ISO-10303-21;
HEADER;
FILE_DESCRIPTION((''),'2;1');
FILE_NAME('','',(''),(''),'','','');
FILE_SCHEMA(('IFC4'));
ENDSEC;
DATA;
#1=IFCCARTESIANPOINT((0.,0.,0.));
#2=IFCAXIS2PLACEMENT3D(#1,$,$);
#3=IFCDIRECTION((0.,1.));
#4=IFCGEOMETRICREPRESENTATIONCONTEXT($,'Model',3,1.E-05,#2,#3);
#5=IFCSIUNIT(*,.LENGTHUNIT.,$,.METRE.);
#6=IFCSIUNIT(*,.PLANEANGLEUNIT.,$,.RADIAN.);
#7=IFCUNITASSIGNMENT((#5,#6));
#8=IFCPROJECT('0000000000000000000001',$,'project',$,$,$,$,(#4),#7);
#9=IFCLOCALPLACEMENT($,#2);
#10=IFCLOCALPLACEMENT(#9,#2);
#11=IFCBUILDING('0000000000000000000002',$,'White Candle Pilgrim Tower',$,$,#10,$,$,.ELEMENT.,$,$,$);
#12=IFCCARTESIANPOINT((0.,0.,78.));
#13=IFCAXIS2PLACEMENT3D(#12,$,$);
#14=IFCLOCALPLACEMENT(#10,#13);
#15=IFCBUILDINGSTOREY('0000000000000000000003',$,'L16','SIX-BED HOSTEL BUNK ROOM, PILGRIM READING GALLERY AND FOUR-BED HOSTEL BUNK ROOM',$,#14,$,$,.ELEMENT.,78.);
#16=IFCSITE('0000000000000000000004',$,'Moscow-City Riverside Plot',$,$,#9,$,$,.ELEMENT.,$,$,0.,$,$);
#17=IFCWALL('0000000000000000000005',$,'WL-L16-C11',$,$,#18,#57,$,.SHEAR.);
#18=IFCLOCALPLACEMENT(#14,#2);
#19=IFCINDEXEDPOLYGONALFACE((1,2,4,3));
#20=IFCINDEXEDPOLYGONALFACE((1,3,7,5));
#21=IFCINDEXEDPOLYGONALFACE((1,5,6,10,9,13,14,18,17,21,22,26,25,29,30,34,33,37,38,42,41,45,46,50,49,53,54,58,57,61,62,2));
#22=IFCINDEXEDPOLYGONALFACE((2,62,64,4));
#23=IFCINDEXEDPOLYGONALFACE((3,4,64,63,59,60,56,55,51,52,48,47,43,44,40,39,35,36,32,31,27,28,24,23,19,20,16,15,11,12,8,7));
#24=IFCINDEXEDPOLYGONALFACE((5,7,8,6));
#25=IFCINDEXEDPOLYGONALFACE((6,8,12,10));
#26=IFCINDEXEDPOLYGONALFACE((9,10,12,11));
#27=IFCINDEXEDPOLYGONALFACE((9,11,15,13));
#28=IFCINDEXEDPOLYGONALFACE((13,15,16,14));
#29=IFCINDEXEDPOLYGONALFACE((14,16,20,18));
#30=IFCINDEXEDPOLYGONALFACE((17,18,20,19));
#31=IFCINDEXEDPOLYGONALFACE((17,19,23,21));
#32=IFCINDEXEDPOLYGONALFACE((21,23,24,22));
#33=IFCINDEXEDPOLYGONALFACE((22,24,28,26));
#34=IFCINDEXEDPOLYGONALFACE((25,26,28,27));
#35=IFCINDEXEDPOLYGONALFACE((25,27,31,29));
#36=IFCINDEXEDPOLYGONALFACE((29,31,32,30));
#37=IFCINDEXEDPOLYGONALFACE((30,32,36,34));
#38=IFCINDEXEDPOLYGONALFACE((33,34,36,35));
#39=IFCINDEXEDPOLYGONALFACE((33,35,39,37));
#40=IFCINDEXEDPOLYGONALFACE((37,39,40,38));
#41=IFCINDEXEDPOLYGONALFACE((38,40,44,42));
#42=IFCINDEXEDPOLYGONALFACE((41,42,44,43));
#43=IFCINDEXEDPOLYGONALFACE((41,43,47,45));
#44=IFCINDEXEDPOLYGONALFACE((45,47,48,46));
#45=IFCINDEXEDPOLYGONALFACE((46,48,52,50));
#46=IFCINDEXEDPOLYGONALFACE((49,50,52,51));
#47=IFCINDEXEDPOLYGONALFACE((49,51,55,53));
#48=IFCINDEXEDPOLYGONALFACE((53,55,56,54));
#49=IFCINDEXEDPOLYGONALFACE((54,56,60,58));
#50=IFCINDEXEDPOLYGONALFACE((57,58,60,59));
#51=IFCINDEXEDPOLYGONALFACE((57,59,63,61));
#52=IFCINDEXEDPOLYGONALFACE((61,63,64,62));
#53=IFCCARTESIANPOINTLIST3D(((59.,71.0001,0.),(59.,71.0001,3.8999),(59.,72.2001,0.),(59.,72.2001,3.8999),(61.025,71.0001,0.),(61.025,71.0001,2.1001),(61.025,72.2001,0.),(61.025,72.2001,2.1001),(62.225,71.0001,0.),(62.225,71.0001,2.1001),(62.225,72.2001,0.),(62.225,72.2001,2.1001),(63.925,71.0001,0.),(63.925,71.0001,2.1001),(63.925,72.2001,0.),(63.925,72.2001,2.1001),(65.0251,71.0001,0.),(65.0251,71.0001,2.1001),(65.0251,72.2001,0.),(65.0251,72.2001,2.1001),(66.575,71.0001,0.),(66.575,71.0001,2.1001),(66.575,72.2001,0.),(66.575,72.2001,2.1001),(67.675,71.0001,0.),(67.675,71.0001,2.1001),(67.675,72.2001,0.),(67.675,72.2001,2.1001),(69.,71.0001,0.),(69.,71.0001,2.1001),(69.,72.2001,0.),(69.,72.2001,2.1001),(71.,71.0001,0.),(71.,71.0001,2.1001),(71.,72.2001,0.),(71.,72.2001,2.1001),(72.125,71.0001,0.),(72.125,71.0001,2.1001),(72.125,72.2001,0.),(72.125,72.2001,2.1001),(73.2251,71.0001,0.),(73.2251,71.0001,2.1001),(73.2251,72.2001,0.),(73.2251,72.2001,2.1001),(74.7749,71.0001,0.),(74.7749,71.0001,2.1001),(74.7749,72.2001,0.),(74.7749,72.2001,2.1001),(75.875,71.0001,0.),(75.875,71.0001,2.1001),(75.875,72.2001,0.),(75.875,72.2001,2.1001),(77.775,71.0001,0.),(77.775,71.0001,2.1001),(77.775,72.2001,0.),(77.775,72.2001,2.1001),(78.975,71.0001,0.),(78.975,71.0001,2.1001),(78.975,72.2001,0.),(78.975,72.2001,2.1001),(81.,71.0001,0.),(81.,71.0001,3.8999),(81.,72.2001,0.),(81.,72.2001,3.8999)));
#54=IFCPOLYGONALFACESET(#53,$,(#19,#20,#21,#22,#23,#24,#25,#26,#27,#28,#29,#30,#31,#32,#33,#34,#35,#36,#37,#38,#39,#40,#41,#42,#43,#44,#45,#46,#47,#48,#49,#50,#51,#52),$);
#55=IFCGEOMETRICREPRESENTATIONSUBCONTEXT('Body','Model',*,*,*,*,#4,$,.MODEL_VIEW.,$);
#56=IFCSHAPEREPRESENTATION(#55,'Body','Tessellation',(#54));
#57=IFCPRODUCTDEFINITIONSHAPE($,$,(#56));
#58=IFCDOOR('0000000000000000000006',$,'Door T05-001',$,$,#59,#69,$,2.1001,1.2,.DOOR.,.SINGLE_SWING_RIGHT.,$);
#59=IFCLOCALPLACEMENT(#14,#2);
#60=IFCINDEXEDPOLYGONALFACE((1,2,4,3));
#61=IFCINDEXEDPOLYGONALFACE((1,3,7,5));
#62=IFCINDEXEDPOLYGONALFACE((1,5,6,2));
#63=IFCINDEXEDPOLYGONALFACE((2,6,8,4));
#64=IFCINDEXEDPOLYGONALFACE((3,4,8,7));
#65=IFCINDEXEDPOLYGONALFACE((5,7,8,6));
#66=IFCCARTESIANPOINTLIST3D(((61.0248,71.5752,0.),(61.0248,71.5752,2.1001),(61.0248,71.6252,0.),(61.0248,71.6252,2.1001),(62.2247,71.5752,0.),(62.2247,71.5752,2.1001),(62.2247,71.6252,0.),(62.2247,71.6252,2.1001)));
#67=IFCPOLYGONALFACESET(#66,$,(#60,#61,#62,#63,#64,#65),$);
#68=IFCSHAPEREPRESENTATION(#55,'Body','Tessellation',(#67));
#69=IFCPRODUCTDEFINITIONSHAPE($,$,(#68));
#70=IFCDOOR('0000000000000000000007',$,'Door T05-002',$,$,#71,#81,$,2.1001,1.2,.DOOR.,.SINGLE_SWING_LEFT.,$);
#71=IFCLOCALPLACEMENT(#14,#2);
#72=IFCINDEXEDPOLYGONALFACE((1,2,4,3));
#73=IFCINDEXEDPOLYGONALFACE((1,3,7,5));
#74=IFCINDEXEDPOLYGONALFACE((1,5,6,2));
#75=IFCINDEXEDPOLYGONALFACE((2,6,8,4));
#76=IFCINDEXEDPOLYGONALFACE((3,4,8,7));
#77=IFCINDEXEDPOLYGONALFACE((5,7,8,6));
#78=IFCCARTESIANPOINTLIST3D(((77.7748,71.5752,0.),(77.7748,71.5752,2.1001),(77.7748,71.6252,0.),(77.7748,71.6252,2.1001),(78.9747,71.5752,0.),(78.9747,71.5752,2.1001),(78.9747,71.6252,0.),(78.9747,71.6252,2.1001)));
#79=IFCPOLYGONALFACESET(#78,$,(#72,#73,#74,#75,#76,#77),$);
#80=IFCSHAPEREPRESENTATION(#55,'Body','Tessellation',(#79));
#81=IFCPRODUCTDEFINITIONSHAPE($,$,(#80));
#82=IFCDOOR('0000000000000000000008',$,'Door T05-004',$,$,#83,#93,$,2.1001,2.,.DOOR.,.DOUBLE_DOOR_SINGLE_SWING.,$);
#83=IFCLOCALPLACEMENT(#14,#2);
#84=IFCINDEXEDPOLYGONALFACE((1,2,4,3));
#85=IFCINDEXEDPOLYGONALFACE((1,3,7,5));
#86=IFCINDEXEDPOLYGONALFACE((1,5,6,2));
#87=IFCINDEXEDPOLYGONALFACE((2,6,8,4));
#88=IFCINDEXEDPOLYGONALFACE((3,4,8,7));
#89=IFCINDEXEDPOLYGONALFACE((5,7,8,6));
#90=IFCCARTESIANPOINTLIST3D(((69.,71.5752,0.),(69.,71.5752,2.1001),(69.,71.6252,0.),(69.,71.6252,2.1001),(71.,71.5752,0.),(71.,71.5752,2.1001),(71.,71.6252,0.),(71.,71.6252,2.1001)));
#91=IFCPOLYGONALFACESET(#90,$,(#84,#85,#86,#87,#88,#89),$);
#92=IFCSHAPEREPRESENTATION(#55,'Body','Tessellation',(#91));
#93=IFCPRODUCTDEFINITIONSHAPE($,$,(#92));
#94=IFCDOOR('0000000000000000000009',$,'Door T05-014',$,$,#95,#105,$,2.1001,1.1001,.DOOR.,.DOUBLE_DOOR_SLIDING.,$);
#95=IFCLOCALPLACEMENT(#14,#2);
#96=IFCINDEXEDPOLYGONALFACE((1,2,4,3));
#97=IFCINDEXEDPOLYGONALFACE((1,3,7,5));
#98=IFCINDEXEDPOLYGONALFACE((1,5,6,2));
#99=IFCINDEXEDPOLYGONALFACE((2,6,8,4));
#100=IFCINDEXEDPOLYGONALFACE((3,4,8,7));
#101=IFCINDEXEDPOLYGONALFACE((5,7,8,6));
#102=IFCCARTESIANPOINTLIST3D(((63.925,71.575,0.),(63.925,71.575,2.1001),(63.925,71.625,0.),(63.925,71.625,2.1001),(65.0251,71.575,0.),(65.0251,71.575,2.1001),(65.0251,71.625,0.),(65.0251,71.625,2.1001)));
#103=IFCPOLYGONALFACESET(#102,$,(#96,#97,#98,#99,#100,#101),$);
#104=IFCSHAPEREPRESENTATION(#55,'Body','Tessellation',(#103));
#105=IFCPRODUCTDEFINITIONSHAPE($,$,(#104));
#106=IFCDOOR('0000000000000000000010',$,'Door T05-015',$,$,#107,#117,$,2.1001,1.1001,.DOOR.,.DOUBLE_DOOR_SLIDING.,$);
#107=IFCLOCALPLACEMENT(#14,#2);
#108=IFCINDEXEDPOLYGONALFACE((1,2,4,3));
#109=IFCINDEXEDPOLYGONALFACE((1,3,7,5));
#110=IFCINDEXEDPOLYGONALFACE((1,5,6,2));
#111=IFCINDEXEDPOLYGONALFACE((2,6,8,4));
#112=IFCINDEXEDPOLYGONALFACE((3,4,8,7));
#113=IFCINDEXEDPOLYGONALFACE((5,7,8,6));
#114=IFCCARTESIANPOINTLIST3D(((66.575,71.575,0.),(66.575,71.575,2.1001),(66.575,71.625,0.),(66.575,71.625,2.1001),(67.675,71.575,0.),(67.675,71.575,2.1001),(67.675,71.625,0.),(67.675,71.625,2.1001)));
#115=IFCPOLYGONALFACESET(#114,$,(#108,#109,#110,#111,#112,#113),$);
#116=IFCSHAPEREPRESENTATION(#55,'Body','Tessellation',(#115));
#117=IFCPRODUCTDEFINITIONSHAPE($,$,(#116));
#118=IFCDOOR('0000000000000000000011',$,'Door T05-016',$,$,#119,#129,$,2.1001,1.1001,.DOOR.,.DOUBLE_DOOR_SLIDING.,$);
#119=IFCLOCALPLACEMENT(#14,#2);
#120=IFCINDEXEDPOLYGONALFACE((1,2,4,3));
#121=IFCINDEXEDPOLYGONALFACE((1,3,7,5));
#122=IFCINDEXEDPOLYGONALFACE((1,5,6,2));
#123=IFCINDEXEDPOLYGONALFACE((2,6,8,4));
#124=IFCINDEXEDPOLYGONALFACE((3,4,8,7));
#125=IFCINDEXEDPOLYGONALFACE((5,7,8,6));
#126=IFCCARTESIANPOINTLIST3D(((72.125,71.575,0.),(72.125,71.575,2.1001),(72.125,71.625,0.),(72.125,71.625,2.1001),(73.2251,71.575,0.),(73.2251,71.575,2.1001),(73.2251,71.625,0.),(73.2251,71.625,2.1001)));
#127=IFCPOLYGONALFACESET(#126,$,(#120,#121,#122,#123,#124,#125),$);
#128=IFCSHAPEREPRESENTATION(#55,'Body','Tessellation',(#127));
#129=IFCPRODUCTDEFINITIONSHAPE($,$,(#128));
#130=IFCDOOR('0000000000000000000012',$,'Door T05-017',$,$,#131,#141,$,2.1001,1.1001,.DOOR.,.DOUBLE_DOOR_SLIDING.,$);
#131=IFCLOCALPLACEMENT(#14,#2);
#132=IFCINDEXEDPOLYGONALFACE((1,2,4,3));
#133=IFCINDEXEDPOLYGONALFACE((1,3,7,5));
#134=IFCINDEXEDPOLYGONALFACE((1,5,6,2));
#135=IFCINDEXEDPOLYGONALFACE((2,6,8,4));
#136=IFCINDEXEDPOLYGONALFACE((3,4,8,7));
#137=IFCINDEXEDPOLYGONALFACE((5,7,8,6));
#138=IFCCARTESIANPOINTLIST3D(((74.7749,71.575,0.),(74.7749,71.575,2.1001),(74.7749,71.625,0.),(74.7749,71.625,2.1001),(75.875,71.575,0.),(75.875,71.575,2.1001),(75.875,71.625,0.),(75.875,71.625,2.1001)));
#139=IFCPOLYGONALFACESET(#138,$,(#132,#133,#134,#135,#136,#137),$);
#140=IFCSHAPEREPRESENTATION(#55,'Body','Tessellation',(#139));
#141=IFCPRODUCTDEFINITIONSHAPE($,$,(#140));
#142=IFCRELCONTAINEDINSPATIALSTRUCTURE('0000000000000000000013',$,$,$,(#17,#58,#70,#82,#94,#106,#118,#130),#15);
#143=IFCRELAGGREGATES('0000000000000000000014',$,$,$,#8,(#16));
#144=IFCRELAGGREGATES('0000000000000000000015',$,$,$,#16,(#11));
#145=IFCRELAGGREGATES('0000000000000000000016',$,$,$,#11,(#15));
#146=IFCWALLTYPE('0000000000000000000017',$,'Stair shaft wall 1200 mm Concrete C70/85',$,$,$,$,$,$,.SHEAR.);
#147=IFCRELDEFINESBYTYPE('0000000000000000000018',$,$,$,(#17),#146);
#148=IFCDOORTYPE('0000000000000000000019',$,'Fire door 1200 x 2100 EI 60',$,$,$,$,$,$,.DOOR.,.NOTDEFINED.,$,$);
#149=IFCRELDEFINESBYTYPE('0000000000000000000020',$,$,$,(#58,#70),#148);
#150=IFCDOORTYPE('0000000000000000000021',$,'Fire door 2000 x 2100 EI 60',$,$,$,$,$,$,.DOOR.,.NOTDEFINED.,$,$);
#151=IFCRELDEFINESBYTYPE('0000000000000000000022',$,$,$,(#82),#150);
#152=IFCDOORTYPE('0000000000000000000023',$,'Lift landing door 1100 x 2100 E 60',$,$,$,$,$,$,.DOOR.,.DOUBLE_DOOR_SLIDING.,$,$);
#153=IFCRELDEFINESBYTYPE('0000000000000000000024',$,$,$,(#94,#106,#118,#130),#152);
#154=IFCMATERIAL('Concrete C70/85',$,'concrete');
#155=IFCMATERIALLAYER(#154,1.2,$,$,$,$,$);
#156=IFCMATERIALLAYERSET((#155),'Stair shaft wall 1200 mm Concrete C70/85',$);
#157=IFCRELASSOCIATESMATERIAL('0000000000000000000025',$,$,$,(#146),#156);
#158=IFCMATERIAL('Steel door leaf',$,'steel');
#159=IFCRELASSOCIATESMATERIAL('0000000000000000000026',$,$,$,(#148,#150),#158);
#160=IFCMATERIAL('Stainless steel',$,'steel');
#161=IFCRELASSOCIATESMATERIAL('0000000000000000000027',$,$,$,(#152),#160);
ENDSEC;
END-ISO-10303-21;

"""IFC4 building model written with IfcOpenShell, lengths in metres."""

from ifc_helpers import new_model, si_unit, direction, frame, frame_2d, origin, place, context, subcontext, project, spatial, rectangle, extrude, material, layer, layer_set, type_object, element, fill, save


model = new_model("IFC4")

# Units and contexts
model_context = context("Model", 3, precision=1e-05, world=origin(), true_north=direction((0.0, 1.0)))
body_context = subcontext(model_context, "Body", "Model", "MODEL_VIEW")
ifc_project = project(units=[si_unit("LENGTHUNIT", "METRE"), si_unit("PLANEANGLEUNIT", "RADIAN")], contexts=[model_context])

# Site, building, storey
site_placement = place(None, origin())
site = spatial("IfcSite", under=ifc_project, at=site_placement, Name="Moscow-City Riverside Plot", CompositionType="ELEMENT", RefElevation=0.0)
building_placement = place(site_placement, origin())
building = spatial("IfcBuilding", under=site, at=building_placement, Name="White Candle Pilgrim Tower", CompositionType="ELEMENT")
storey_placement = place(building_placement, frame((0.0, 0.0, 78.0)))
storey = spatial("IfcBuildingStorey", under=building, at=storey_placement, Name="L16", Description="SIX-BED HOSTEL BUNK ROOM, PILGRIM READING GALLERY AND FOUR-BED HOSTEL BUNK ROOM", CompositionType="ELEMENT", Elevation=78.0)

# Shared definitions
ifc_material_1 = material(Name="Steel door leaf", Category="steel")

# Wall, openings, doors
ifc_material_2 = material(Name="Concrete C70/85", Category="concrete")
ifc_layer_1 = layer(ifc_material_2, 1.2)
ifc_layer_set_1 = layer_set([ifc_layer_1], Name="Stair shaft wall 1200 mm Concrete C70/85")
wall_type_1 = type_object("IfcWallType", Name="Stair shaft wall 1200 mm Concrete C70/85", PredefinedType="SHEAR", material=ifc_layer_set_1)
wall_1_placement = place(storey_placement, frame((59.0, 71.6001, 0.0), z_axis=(0.0, 0.0, 1.0), x_axis=(1.0, 0.0, 0.0)))
wall_1 = element("IfcWall", 1, at=wall_1_placement, inside=storey, type_object=wall_type_1, Name="WL-L16-C11", PredefinedType="SHEAR", context=body_context, shape_type="SweptSolid", body=[
    extrude(rectangle(XDim=22.0, YDim=1.2, at=frame_2d((11.0, 0.0))), origin(), (0.0, 0.0, 1.0), 3.8999),
])
opening_1_placement = place(wall_1_placement, frame((2.0249, 0.0, 0.0)))
opening_1 = element("IfcOpeningElement", 2, at=opening_1_placement, cuts=wall_1, PredefinedType="OPENING", context=body_context, shape_type="SweptSolid", body=[
    extrude(rectangle(XDim=1.2, YDim=2.1001, at=frame_2d((0.6001, 1.05))), frame((0.0, 0.6099, 0.0), z_axis=(0.0, -1.0, 0.0), x_axis=(1.0, 0.0, 0.0)), (0.0, 0.0, 1.0), 1.22),
])
opening_2_placement = place(wall_1_placement, frame((18.7749, 0.0, 0.0)))
opening_2 = element("IfcOpeningElement", 3, at=opening_2_placement, cuts=wall_1, PredefinedType="OPENING", context=body_context, shape_type="SweptSolid", body=[
    extrude(rectangle(XDim=1.2, YDim=2.1001, at=frame_2d((0.6001, 1.05))), frame((0.0, 0.6099, 0.0), z_axis=(0.0, -1.0, 0.0), x_axis=(1.0, 0.0, 0.0)), (0.0, 0.0, 1.0), 1.22),
])
opening_3_placement = place(wall_1_placement, frame((10.0, 0.0, 0.0)))
opening_3 = element("IfcOpeningElement", 4, at=opening_3_placement, cuts=wall_1, PredefinedType="OPENING", context=body_context, shape_type="SweptSolid", body=[
    extrude(rectangle(XDim=2.0, YDim=2.1001, at=frame_2d((1.0, 1.05))), frame((0.0, 0.6099, 0.0), z_axis=(0.0, -1.0, 0.0), x_axis=(1.0, 0.0, 0.0)), (0.0, 0.0, 1.0), 1.22),
])
opening_4_placement = place(wall_1_placement, frame((4.925, 0.0, 0.0)))
opening_4 = element("IfcOpeningElement", 5, at=opening_4_placement, cuts=wall_1, PredefinedType="OPENING", context=body_context, shape_type="SweptSolid", body=[
    extrude(rectangle(XDim=1.1001, YDim=2.1001, at=frame_2d((0.55, 1.05))), frame((0.0, 0.6099, 0.0), z_axis=(0.0, -1.0, 0.0), x_axis=(1.0, 0.0, 0.0)), (0.0, 0.0, 1.0), 1.22),
])
opening_5_placement = place(wall_1_placement, frame((7.575, 0.0, 0.0)))
opening_5 = element("IfcOpeningElement", 6, at=opening_5_placement, cuts=wall_1, PredefinedType="OPENING", context=body_context, shape_type="SweptSolid", body=[
    extrude(rectangle(XDim=1.1001, YDim=2.1001, at=frame_2d((0.55, 1.05))), frame((0.0, 0.6099, 0.0), z_axis=(0.0, -1.0, 0.0), x_axis=(1.0, 0.0, 0.0)), (0.0, 0.0, 1.0), 1.22),
])
opening_6_placement = place(wall_1_placement, frame((13.125, 0.0, 0.0)))
opening_6 = element("IfcOpeningElement", 7, at=opening_6_placement, cuts=wall_1, PredefinedType="OPENING", context=body_context, shape_type="SweptSolid", body=[
    extrude(rectangle(XDim=1.1001, YDim=2.1001, at=frame_2d((0.55, 1.05))), frame((0.0, 0.6099, 0.0), z_axis=(0.0, -1.0, 0.0), x_axis=(1.0, 0.0, 0.0)), (0.0, 0.0, 1.0), 1.22),
])
opening_7_placement = place(wall_1_placement, frame((15.7749, 0.0, 0.0)))
opening_7 = element("IfcOpeningElement", 8, at=opening_7_placement, cuts=wall_1, PredefinedType="OPENING", context=body_context, shape_type="SweptSolid", body=[
    extrude(rectangle(XDim=1.1001, YDim=2.1001, at=frame_2d((0.55, 1.05))), frame((0.0, 0.6099, 0.0), z_axis=(0.0, -1.0, 0.0), x_axis=(1.0, 0.0, 0.0)), (0.0, 0.0, 1.0), 1.22),
])
door_type_1 = type_object("IfcDoorType", Name="Fire door 1200 x 2100 EI 60", OperationType="NOTDEFINED", PredefinedType="DOOR", material=ifc_material_1)
door_1_placement = place(opening_1_placement, frame((1.2, 0.0, 0.0), z_axis=(0.0, 0.0, 1.0), x_axis=(-1.0, 0.0, 0.0)))
door_1 = element("IfcDoor", 9, at=door_1_placement, inside=storey, type_object=door_type_1, Name="Door T05-001", OperationType="SINGLE_SWING_RIGHT", OverallHeight=2.1001, OverallWidth=1.2, PredefinedType="DOOR", context=body_context, shape_type="SweptSolid", body=[
    extrude(rectangle(XDim=1.2, YDim=2.1001, at=frame_2d((0.6001, 1.05))), frame((0.0, 0.0249, 0.0), z_axis=(0.0, -1.0, 0.0), x_axis=(1.0, 0.0, 0.0)), (0.0, 0.0, 1.0), 0.05),
])
fill(opening_1, door_1)
door_2_placement = place(opening_2_placement, frame((1.2, 0.0, 0.0), z_axis=(0.0, 0.0, 1.0), x_axis=(-1.0, 0.0, 0.0)))
door_2 = element("IfcDoor", 10, at=door_2_placement, inside=storey, type_object=door_type_1, Name="Door T05-002", OperationType="SINGLE_SWING_LEFT", OverallHeight=2.1001, OverallWidth=1.2, PredefinedType="DOOR", context=body_context, shape_type="SweptSolid", body=[
    extrude(rectangle(XDim=1.2, YDim=2.1001, at=frame_2d((0.6001, 1.05))), frame((0.0, 0.0249, 0.0), z_axis=(0.0, -1.0, 0.0), x_axis=(1.0, 0.0, 0.0)), (0.0, 0.0, 1.0), 0.05),
])
fill(opening_2, door_2)
door_type_2 = type_object("IfcDoorType", Name="Fire door 2000 x 2100 EI 60", OperationType="NOTDEFINED", PredefinedType="DOOR", material=ifc_material_1)
door_3_placement = place(opening_3_placement, frame((2.0, 0.0, 0.0), z_axis=(0.0, 0.0, 1.0), x_axis=(-1.0, 0.0, 0.0)))
door_3 = element("IfcDoor", 11, at=door_3_placement, inside=storey, type_object=door_type_2, Name="Door T05-004", OperationType="DOUBLE_DOOR_SINGLE_SWING", OverallHeight=2.1001, OverallWidth=2.0, PredefinedType="DOOR", context=body_context, shape_type="SweptSolid", body=[
    extrude(rectangle(XDim=2.0, YDim=2.1001, at=frame_2d((1.0, 1.05))), frame((0.0, 0.0249, 0.0), z_axis=(0.0, -1.0, 0.0), x_axis=(1.0, 0.0, 0.0)), (0.0, 0.0, 1.0), 0.05),
])
fill(opening_3, door_3)
ifc_material_3 = material(Name="Stainless steel", Category="steel")
door_type_3 = type_object("IfcDoorType", Name="Lift landing door 1100 x 2100 E 60", OperationType="DOUBLE_DOOR_SLIDING", PredefinedType="DOOR", material=ifc_material_3)
door_4_placement = place(opening_4_placement, origin())
door_4 = element("IfcDoor", 12, at=door_4_placement, inside=storey, type_object=door_type_3, Name="Door T05-014", OperationType="DOUBLE_DOOR_SLIDING", OverallHeight=2.1001, OverallWidth=1.1001, PredefinedType="DOOR", context=body_context, shape_type="SweptSolid", body=[
    extrude(rectangle(XDim=1.1001, YDim=2.1001, at=frame_2d((0.55, 1.05))), frame((0.0, 0.0249, 0.0), z_axis=(0.0, -1.0, 0.0), x_axis=(1.0, 0.0, 0.0)), (0.0, 0.0, 1.0), 0.05),
])
fill(opening_4, door_4)
door_5_placement = place(opening_5_placement, origin())
door_5 = element("IfcDoor", 13, at=door_5_placement, inside=storey, type_object=door_type_3, Name="Door T05-015", OperationType="DOUBLE_DOOR_SLIDING", OverallHeight=2.1001, OverallWidth=1.1001, PredefinedType="DOOR", context=body_context, shape_type="SweptSolid", body=[
    extrude(rectangle(XDim=1.1001, YDim=2.1001, at=frame_2d((0.55, 1.05))), frame((0.0, 0.0249, 0.0), z_axis=(0.0, -1.0, 0.0), x_axis=(1.0, 0.0, 0.0)), (0.0, 0.0, 1.0), 0.05),
])
fill(opening_5, door_5)
door_6_placement = place(opening_6_placement, origin())
door_6 = element("IfcDoor", 14, at=door_6_placement, inside=storey, type_object=door_type_3, Name="Door T05-016", OperationType="DOUBLE_DOOR_SLIDING", OverallHeight=2.1001, OverallWidth=1.1001, PredefinedType="DOOR", context=body_context, shape_type="SweptSolid", body=[
    extrude(rectangle(XDim=1.1001, YDim=2.1001, at=frame_2d((0.55, 1.05))), frame((0.0, 0.0249, 0.0), z_axis=(0.0, -1.0, 0.0), x_axis=(1.0, 0.0, 0.0)), (0.0, 0.0, 1.0), 0.05),
])
fill(opening_6, door_6)
door_7_placement = place(opening_7_placement, origin())
door_7 = element("IfcDoor", 15, at=door_7_placement, inside=storey, type_object=door_type_3, Name="Door T05-017", OperationType="DOUBLE_DOOR_SLIDING", OverallHeight=2.1001, OverallWidth=1.1001, PredefinedType="DOOR", context=body_context, shape_type="SweptSolid", body=[
    extrude(rectangle(XDim=1.1001, YDim=2.1001, at=frame_2d((0.55, 1.05))), frame((0.0, 0.0249, 0.0), z_axis=(0.0, -1.0, 0.0), x_axis=(1.0, 0.0, 0.0)), (0.0, 0.0, 1.0), 0.05),
])
fill(opening_7, door_7)

save(model, "model.ifc")
